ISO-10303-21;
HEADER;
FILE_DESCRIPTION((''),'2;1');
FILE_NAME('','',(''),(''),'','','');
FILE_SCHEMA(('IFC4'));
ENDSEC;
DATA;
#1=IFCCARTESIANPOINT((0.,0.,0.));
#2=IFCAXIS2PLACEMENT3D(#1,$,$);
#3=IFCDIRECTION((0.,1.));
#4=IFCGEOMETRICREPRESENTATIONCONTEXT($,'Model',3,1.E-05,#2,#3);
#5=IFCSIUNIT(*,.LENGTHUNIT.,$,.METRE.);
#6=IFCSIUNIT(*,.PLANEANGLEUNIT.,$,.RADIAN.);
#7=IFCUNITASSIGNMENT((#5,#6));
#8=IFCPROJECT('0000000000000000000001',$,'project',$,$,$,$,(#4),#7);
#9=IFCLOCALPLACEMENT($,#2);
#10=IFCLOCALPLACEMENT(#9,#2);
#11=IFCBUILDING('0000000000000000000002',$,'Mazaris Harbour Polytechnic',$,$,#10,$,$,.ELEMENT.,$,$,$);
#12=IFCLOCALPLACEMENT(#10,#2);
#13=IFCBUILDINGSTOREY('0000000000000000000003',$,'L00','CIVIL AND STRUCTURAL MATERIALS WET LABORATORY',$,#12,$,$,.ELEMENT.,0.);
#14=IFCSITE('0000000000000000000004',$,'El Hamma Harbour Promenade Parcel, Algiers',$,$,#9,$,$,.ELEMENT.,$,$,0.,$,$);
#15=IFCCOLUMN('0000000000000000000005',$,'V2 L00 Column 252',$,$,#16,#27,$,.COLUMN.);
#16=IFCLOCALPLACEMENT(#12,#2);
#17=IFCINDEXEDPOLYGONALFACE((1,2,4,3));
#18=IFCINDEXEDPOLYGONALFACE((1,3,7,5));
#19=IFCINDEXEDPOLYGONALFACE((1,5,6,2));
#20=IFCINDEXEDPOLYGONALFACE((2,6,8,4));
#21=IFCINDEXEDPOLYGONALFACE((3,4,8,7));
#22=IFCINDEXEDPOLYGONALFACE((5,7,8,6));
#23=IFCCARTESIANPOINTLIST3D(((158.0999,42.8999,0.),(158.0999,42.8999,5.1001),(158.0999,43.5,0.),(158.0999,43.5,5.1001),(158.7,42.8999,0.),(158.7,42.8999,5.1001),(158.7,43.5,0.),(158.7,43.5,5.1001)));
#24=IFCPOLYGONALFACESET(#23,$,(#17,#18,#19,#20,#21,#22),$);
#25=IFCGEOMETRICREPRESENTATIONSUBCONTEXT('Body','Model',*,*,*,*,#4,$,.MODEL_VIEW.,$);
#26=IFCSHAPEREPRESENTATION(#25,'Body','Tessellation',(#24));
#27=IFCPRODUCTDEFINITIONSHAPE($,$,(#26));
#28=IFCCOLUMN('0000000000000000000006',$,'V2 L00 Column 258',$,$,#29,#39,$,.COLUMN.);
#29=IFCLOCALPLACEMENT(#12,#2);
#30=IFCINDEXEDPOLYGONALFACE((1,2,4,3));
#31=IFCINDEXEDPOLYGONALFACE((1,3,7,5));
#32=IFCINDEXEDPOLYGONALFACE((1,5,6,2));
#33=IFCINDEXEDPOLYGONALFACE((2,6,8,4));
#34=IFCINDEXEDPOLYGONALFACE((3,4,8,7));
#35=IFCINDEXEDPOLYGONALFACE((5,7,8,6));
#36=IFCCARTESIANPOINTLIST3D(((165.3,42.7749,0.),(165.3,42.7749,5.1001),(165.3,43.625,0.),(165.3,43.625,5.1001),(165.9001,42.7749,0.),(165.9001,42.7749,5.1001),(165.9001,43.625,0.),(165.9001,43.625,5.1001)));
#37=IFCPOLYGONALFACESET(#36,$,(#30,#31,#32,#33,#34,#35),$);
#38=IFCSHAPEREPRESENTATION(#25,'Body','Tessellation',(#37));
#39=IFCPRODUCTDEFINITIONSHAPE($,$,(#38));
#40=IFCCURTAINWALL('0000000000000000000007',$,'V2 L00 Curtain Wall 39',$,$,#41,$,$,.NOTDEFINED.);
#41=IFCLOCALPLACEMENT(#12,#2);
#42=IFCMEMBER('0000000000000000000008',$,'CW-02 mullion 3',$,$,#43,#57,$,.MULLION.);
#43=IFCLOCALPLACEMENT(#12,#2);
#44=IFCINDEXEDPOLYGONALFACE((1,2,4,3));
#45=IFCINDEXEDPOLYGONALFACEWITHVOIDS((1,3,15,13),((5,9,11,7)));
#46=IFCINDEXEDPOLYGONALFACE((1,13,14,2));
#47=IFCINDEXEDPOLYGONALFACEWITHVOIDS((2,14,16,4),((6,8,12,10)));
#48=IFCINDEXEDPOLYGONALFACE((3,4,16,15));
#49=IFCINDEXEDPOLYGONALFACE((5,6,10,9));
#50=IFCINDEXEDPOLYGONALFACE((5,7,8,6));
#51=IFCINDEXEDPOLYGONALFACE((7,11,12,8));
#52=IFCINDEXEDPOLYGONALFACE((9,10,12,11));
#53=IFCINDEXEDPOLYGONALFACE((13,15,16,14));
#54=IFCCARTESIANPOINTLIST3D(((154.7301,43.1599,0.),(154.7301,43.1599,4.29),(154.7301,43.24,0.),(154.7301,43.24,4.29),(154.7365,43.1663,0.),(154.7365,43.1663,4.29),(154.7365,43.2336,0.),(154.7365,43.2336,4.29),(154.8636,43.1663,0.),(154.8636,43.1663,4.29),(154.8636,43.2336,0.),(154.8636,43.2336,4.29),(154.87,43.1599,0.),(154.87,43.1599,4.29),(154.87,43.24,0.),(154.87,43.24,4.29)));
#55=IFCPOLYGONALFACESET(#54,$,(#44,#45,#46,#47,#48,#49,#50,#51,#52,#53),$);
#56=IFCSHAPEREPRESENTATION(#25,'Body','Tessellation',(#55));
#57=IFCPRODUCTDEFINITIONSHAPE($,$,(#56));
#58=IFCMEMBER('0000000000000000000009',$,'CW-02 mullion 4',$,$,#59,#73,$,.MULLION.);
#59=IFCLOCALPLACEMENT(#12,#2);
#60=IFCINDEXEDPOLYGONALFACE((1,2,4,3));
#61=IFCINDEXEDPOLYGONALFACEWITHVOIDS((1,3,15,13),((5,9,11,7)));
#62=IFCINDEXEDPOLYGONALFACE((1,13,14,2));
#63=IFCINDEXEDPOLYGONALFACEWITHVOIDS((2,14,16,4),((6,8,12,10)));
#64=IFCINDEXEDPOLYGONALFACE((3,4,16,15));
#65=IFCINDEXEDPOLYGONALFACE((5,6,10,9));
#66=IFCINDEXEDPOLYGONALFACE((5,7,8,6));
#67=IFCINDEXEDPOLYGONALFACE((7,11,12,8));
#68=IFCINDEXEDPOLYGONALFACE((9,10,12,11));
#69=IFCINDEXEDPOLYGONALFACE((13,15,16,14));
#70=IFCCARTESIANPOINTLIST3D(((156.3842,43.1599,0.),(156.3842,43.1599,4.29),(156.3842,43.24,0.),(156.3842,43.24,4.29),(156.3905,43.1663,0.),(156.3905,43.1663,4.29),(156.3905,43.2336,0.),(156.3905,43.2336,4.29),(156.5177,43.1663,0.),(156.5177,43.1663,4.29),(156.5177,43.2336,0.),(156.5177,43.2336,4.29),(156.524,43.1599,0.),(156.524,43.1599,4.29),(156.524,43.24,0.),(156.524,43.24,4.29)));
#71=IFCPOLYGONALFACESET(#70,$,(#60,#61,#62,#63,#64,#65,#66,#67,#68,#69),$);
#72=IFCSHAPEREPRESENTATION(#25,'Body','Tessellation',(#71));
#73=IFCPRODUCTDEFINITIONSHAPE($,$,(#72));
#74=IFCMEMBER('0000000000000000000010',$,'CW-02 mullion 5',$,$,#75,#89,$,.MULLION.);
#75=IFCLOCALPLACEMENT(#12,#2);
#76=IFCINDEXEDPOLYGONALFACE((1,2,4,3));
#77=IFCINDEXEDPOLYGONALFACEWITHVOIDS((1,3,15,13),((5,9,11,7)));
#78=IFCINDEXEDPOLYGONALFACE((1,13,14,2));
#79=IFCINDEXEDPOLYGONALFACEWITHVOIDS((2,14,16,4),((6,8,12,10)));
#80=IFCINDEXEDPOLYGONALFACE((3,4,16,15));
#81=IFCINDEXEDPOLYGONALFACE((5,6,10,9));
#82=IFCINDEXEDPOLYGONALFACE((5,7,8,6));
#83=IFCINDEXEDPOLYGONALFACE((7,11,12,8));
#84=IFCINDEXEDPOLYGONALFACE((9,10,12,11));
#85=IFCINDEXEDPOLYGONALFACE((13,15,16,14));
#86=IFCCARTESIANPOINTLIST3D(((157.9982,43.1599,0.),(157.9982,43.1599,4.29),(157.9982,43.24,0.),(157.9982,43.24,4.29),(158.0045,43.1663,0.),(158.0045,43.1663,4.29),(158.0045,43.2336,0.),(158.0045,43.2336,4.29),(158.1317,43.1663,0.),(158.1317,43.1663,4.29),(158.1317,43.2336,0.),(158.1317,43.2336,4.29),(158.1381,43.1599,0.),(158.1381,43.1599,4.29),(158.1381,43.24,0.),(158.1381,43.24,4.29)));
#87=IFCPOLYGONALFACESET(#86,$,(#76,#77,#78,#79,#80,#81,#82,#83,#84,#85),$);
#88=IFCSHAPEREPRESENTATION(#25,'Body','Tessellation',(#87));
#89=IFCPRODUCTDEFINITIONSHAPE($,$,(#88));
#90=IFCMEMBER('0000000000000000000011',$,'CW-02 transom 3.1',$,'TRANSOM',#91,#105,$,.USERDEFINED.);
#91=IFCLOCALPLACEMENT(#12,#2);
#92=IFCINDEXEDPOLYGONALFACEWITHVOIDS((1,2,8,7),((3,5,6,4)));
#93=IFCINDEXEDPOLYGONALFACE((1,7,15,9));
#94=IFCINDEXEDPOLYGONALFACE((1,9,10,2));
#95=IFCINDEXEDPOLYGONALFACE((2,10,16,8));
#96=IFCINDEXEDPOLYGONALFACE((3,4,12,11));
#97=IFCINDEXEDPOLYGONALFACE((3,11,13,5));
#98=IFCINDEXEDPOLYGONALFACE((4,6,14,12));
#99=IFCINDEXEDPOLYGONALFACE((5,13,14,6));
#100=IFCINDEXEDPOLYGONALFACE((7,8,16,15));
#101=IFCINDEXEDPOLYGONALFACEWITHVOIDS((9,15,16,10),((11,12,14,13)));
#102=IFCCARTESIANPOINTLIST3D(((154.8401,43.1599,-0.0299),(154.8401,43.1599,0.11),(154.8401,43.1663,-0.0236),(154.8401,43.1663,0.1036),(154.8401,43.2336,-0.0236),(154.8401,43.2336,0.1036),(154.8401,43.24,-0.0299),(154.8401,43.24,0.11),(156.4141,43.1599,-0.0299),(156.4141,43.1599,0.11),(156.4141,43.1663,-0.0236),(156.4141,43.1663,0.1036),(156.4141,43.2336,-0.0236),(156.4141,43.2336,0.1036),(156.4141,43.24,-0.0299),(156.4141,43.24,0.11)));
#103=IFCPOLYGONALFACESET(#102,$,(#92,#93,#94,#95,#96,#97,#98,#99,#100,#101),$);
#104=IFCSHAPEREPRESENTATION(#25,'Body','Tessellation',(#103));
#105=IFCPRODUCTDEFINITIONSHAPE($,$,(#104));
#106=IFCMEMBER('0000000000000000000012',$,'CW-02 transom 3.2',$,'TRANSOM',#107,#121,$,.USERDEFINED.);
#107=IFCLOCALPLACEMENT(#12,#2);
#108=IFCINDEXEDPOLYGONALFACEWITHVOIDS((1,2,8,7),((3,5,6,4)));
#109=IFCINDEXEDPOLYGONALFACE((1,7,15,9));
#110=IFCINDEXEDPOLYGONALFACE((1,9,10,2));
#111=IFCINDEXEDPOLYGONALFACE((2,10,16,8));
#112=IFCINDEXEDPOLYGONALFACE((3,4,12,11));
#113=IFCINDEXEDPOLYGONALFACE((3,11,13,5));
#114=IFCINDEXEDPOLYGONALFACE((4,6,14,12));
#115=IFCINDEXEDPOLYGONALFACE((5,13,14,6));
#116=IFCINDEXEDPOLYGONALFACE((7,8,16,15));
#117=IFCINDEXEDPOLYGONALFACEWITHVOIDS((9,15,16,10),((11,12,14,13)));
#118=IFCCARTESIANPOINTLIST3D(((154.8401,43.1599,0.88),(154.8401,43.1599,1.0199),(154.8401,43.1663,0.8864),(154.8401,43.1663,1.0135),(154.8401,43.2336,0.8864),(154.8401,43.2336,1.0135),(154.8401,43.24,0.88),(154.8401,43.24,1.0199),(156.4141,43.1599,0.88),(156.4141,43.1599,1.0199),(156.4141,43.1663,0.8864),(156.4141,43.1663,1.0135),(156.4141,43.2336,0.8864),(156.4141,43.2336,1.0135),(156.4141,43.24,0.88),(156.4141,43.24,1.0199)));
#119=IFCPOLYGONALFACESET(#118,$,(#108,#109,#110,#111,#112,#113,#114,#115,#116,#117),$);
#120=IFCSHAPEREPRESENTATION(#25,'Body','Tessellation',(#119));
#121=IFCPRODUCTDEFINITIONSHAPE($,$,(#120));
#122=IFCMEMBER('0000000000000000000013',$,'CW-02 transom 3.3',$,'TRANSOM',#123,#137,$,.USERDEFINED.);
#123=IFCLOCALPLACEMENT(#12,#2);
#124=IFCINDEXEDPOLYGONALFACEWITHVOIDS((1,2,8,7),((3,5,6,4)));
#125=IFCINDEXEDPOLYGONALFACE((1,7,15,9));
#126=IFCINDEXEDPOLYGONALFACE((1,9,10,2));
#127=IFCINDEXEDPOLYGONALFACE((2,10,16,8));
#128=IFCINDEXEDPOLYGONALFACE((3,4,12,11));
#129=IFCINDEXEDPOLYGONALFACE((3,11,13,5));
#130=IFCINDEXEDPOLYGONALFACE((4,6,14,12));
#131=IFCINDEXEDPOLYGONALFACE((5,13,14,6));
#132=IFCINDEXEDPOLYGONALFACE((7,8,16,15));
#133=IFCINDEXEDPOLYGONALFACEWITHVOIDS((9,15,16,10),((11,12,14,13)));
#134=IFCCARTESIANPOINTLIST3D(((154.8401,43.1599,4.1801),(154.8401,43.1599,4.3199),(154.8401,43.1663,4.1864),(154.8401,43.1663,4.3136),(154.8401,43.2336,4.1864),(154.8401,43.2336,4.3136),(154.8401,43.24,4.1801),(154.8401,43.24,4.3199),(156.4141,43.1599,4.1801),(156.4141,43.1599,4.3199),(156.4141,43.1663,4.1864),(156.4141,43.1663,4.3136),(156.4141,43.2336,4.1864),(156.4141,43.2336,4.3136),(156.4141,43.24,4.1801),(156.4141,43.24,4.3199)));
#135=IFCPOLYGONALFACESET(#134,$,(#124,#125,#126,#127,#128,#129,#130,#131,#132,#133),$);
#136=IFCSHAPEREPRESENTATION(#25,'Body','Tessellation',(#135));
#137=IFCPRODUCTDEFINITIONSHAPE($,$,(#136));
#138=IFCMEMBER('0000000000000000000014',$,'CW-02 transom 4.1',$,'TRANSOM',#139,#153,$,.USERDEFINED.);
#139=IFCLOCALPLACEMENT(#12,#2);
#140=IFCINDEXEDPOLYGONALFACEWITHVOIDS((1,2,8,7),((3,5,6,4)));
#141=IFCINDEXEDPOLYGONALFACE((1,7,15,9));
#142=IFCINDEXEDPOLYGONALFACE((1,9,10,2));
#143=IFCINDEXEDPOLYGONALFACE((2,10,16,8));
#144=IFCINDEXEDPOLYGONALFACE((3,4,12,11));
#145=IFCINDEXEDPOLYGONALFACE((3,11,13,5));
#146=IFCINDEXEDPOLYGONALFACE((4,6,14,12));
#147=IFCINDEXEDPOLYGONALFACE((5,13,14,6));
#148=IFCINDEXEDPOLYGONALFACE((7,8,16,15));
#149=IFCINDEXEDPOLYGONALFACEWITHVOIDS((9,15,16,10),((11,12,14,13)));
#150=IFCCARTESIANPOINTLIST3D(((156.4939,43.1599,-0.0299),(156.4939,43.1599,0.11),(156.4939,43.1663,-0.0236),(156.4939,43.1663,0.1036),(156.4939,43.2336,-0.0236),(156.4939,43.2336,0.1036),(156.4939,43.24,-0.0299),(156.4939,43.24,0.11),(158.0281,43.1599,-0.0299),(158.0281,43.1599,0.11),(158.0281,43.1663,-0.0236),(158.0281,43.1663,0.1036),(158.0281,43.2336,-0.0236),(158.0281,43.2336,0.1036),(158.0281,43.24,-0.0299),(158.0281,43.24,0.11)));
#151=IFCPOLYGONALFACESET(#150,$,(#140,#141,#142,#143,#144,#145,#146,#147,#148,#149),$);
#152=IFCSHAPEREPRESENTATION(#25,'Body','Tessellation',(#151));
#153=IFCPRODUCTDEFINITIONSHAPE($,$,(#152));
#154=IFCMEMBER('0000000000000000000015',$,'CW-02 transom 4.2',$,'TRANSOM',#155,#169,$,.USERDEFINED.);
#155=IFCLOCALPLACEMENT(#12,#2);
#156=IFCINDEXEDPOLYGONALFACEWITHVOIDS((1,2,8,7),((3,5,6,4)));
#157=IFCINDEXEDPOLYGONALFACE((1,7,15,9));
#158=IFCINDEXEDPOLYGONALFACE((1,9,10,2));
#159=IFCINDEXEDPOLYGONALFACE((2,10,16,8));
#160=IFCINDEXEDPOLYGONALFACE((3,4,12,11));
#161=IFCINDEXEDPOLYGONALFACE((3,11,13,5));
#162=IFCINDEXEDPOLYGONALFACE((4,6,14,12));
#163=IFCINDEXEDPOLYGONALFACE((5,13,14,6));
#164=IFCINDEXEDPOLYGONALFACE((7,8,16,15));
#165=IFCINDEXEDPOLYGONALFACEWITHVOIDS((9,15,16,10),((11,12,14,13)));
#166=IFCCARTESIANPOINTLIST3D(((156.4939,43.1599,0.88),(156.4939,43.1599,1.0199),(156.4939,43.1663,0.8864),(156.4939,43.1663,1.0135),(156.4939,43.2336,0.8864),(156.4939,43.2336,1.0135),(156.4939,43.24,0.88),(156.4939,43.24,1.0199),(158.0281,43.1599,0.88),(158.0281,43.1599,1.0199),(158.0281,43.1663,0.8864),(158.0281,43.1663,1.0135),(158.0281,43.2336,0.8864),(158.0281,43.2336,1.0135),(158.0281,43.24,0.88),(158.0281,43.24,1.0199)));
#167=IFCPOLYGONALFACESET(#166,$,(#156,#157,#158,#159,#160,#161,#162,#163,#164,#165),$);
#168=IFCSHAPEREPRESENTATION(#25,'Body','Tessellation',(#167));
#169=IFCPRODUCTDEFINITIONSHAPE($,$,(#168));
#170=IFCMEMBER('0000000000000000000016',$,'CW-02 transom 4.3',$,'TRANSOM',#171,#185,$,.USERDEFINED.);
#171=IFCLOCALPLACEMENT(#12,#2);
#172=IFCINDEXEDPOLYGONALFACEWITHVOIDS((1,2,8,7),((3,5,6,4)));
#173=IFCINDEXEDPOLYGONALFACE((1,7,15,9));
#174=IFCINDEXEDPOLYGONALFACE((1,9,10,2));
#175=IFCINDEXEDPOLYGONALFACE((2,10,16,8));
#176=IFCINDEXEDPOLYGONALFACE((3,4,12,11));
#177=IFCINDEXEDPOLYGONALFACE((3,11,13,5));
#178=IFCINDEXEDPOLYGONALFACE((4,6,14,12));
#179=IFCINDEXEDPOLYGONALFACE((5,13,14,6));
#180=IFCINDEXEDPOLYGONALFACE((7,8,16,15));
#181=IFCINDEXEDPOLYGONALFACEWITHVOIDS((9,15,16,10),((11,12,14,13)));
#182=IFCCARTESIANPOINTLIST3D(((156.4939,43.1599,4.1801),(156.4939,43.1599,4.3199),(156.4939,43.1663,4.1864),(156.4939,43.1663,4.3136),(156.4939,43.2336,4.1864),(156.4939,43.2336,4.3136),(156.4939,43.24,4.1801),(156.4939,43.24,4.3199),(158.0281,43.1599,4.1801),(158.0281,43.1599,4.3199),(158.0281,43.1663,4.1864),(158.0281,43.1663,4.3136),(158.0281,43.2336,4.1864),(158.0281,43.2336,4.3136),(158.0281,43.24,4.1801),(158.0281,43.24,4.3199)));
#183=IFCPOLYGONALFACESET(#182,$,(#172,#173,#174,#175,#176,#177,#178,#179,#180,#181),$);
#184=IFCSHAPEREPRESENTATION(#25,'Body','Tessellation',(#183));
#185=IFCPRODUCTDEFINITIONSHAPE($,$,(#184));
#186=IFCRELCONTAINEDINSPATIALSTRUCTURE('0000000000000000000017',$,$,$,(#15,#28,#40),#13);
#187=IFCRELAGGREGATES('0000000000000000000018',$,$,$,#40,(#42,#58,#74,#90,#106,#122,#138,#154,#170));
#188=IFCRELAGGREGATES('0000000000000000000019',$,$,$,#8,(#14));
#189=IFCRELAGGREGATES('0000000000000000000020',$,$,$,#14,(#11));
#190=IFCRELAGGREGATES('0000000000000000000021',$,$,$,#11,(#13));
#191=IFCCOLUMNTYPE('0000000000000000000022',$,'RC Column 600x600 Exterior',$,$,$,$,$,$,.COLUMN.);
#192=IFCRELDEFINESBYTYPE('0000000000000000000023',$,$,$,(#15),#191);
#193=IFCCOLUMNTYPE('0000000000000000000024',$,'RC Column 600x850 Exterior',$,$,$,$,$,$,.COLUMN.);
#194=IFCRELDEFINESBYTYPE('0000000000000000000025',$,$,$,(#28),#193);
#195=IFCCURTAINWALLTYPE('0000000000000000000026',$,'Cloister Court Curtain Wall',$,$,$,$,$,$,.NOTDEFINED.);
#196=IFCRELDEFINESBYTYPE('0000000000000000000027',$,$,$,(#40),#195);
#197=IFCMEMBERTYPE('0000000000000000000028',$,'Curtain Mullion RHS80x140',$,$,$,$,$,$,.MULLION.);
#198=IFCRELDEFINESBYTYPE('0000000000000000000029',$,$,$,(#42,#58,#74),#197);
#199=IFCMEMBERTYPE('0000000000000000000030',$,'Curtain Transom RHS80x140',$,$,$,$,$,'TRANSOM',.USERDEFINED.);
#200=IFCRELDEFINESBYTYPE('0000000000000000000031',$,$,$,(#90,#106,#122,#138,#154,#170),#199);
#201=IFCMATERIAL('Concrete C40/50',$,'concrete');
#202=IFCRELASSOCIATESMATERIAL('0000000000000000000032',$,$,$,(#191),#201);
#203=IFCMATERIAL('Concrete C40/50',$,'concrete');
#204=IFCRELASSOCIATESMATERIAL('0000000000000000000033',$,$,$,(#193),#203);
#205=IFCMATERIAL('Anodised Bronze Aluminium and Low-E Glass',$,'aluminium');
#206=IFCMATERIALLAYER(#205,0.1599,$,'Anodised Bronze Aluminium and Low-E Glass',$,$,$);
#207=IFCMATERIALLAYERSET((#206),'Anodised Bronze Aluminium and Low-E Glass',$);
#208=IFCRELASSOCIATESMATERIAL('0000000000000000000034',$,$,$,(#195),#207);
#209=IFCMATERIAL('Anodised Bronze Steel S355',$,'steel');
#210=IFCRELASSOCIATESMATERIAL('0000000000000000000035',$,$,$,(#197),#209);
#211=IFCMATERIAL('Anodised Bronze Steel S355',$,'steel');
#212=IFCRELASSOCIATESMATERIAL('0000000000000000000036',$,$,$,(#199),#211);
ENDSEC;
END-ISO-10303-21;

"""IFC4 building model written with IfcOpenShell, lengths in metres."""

from ifc_helpers import new_model, si_unit, direction, frame, origin, origin_2d, place, context, subcontext, project, spatial, rectangle, hollow_rectangle, extrude, material, layer, layer_set, material_profile, profile_set, type_object, element, aggregate, save


model = new_model("IFC4")

# Units and contexts
model_context = context("Model", 3, precision=1e-05, world=origin(), true_north=direction((0.0, 1.0)))
body_context = subcontext(model_context, "Body", "Model", "MODEL_VIEW")
ifc_project = project(units=[si_unit("LENGTHUNIT", "METRE"), si_unit("PLANEANGLEUNIT", "RADIAN")], contexts=[model_context])

# Site, building, storey
site_placement = place(None, origin())
site = spatial("IfcSite", under=ifc_project, at=site_placement, Name="El Hamma Harbour Promenade Parcel, Algiers", CompositionType="ELEMENT", RefElevation=0.0)
building_placement = place(site_placement, origin())
building = spatial("IfcBuilding", under=site, at=building_placement, Name="Mazaris Harbour Polytechnic", CompositionType="ELEMENT")
storey_placement = place(building_placement, origin())
storey = spatial("IfcBuildingStorey", under=building, at=storey_placement, Name="L00", Description="CIVIL AND STRUCTURAL MATERIALS WET LABORATORY", CompositionType="ELEMENT", Elevation=0.0)

# Columns
ifc_material_1 = material(Name="Concrete C40/50", Category="concrete")
ifc_material_profile_1 = material_profile(ifc_material_1, rectangle(XDim=0.6001, YDim=0.6001, at=origin_2d()), Name="RECT600x600")
ifc_profile_set_1 = profile_set([ifc_material_profile_1], Name="Concrete C40/50")
column_type_1 = type_object("IfcColumnType", Name="RC Column 600x600 Exterior", PredefinedType="COLUMN", material=ifc_profile_set_1)
column_1_placement = place(storey_placement, frame((158.3999, 43.2, 0.0), z_axis=(0.0, 0.0, 1.0), x_axis=(1.0, 0.0, 0.0)))
element("IfcColumn", 1, at=column_1_placement, inside=storey, type_object=column_type_1, Name="V2 L00 Column 252", PredefinedType="COLUMN", context=body_context, shape_type="SweptSolid", body=[
    extrude(rectangle(XDim=0.6001, YDim=0.6001, at=origin_2d()), origin(), (0.0, 0.0, 1.0), 5.1001),
])
ifc_material_2 = material(Name="Concrete C40/50", Category="concrete")
ifc_material_profile_2 = material_profile(ifc_material_2, rectangle(XDim=0.6001, YDim=0.8501, at=origin_2d()), Name="RECT600x850")
ifc_profile_set_2 = profile_set([ifc_material_profile_2], Name="Concrete C40/50")
column_type_2 = type_object("IfcColumnType", Name="RC Column 600x850 Exterior", PredefinedType="COLUMN", material=ifc_profile_set_2)
column_2_placement = place(storey_placement, frame((165.6001, 43.2, 0.0), z_axis=(0.0, 0.0, 1.0), x_axis=(1.0, 0.0, 0.0)))
element("IfcColumn", 2, at=column_2_placement, inside=storey, type_object=column_type_2, Name="V2 L00 Column 258", PredefinedType="COLUMN", context=body_context, shape_type="SweptSolid", body=[
    extrude(rectangle(XDim=0.6001, YDim=0.8501, at=origin_2d()), origin(), (0.0, 0.0, 1.0), 5.1001),
])

# Curtain wall, members
ifc_material_3 = material(Name="Anodised Bronze Aluminium and Low-E Glass", Category="aluminium")
ifc_layer_1 = layer(ifc_material_3, 0.1599, Name="Anodised Bronze Aluminium and Low-E Glass")
ifc_layer_set_1 = layer_set([ifc_layer_1], Name="Anodised Bronze Aluminium and Low-E Glass")
curtain_wall_type = type_object("IfcCurtainWallType", Name="Cloister Court Curtain Wall", PredefinedType="NOTDEFINED", material=ifc_layer_set_1)
curtain_wall_placement = place(storey_placement, origin())
curtain_wall = element("IfcCurtainWall", 3, at=curtain_wall_placement, inside=storey, type_object=curtain_wall_type, Name="V2 L00 Curtain Wall 39", PredefinedType="NOTDEFINED")
ifc_material_4 = material(Name="Anodised Bronze Steel S355", Category="steel")
ifc_material_profile_3 = material_profile(ifc_material_4, hollow_rectangle(XDim=0.0801, YDim=0.1399, WallThickness=0.0063, at=origin_2d()), Name="RHS 80x140x6.3")
ifc_profile_set_3 = profile_set([ifc_material_profile_3], Name="Anodised Bronze Steel S355")
member_type_1 = type_object("IfcMemberType", Name="Curtain Mullion RHS80x140", PredefinedType="MULLION", material=ifc_profile_set_3)
member_1_placement = place(storey_placement, frame((154.8, 43.2, 0.0), z_axis=(0.0, 0.0, 1.0), x_axis=(0.0, 1.0, 0.0)))
member_1 = element("IfcMember", 4, at=member_1_placement, type_object=member_type_1, Name="CW-02 mullion 3", PredefinedType="MULLION", context=body_context, shape_type="SweptSolid", body=[
    extrude(hollow_rectangle(XDim=0.0801, YDim=0.1399, WallThickness=0.0063, at=origin_2d()), origin(), (0.0, 0.0, 1.0), 4.29),
])
member_2_placement = place(storey_placement, frame((156.4541, 43.2, 0.0), z_axis=(0.0, 0.0, 1.0), x_axis=(0.0, 1.0, 0.0)))
member_2 = element("IfcMember", 5, at=member_2_placement, type_object=member_type_1, Name="CW-02 mullion 4", PredefinedType="MULLION", context=body_context, shape_type="SweptSolid", body=[
    extrude(hollow_rectangle(XDim=0.0801, YDim=0.1399, WallThickness=0.0063, at=origin_2d()), origin(), (0.0, 0.0, 1.0), 4.29),
])
member_3_placement = place(storey_placement, frame((158.0681, 43.2, 0.0), z_axis=(0.0, 0.0, 1.0), x_axis=(0.0, 1.0, 0.0)))
member_3 = element("IfcMember", 6, at=member_3_placement, type_object=member_type_1, Name="CW-02 mullion 5", PredefinedType="MULLION", context=body_context, shape_type="SweptSolid", body=[
    extrude(hollow_rectangle(XDim=0.0801, YDim=0.1399, WallThickness=0.0063, at=origin_2d()), origin(), (0.0, 0.0, 1.0), 4.29),
])
ifc_material_5 = material(Name="Anodised Bronze Steel S355", Category="steel")
ifc_material_profile_4 = material_profile(ifc_material_5, hollow_rectangle(XDim=0.0801, YDim=0.1399, WallThickness=0.0063, at=origin_2d()), Name="RHS 80x140x6.3")
ifc_profile_set_4 = profile_set([ifc_material_profile_4], Name="Anodised Bronze Steel S355")
member_type_2 = type_object("IfcMemberType", Name="Curtain Transom RHS80x140", ElementType="TRANSOM", PredefinedType="USERDEFINED", material=ifc_profile_set_4)
member_4_placement = place(storey_placement, frame((154.8401, 43.2, 0.04), z_axis=(1.0, 0.0, 0.0), x_axis=(0.0, 1.0, 0.0)))
member_4 = element("IfcMember", 7, at=member_4_placement, type_object=member_type_2, Name="CW-02 transom 3.1", ObjectType="TRANSOM", PredefinedType="USERDEFINED", context=body_context, shape_type="SweptSolid", body=[
    extrude(hollow_rectangle(XDim=0.0801, YDim=0.1399, WallThickness=0.0063, at=origin_2d()), origin(), (0.0, 0.0, 1.0), 1.574),
])
member_5_placement = place(storey_placement, frame((154.8401, 43.2, 0.95), z_axis=(1.0, 0.0, 0.0), x_axis=(0.0, 1.0, 0.0)))
member_5 = element("IfcMember", 8, at=member_5_placement, type_object=member_type_2, Name="CW-02 transom 3.2", ObjectType="TRANSOM", PredefinedType="USERDEFINED", context=body_context, shape_type="SweptSolid", body=[
    extrude(hollow_rectangle(XDim=0.0801, YDim=0.1399, WallThickness=0.0063, at=origin_2d()), origin(), (0.0, 0.0, 1.0), 1.574),
])
member_6_placement = place(storey_placement, frame((154.8401, 43.2, 4.25), z_axis=(1.0, 0.0, 0.0), x_axis=(0.0, 1.0, 0.0)))
member_6 = element("IfcMember", 9, at=member_6_placement, type_object=member_type_2, Name="CW-02 transom 3.3", ObjectType="TRANSOM", PredefinedType="USERDEFINED", context=body_context, shape_type="SweptSolid", body=[
    extrude(hollow_rectangle(XDim=0.0801, YDim=0.1399, WallThickness=0.0063, at=origin_2d()), origin(), (0.0, 0.0, 1.0), 1.574),
])
member_7_placement = place(storey_placement, frame((156.4939, 43.2, 0.04), z_axis=(1.0, 0.0, 0.0), x_axis=(0.0, 1.0, 0.0)))
member_7 = element("IfcMember", 10, at=member_7_placement, type_object=member_type_2, Name="CW-02 transom 4.1", ObjectType="TRANSOM", PredefinedType="USERDEFINED", context=body_context, shape_type="SweptSolid", body=[
    extrude(hollow_rectangle(XDim=0.0801, YDim=0.1399, WallThickness=0.0063, at=origin_2d()), origin(), (0.0, 0.0, 1.0), 1.5342),
])
member_8_placement = place(storey_placement, frame((156.4939, 43.2, 0.95), z_axis=(1.0, 0.0, 0.0), x_axis=(0.0, 1.0, 0.0)))
member_8 = element("IfcMember", 11, at=member_8_placement, type_object=member_type_2, Name="CW-02 transom 4.2", ObjectType="TRANSOM", PredefinedType="USERDEFINED", context=body_context, shape_type="SweptSolid", body=[
    extrude(hollow_rectangle(XDim=0.0801, YDim=0.1399, WallThickness=0.0063, at=origin_2d()), origin(), (0.0, 0.0, 1.0), 1.5342),
])
member_9_placement = place(storey_placement, frame((156.4939, 43.2, 4.25), z_axis=(1.0, 0.0, 0.0), x_axis=(0.0, 1.0, 0.0)))
member_9 = element("IfcMember", 12, at=member_9_placement, type_object=member_type_2, Name="CW-02 transom 4.3", ObjectType="TRANSOM", PredefinedType="USERDEFINED", context=body_context, shape_type="SweptSolid", body=[
    extrude(hollow_rectangle(XDim=0.0801, YDim=0.1399, WallThickness=0.0063, at=origin_2d()), origin(), (0.0, 0.0, 1.0), 1.5342),
])

aggregate(curtain_wall, [member_1, member_2, member_3, member_4, member_5, member_6, member_7, member_8, member_9])

save(model, "model.ifc")
